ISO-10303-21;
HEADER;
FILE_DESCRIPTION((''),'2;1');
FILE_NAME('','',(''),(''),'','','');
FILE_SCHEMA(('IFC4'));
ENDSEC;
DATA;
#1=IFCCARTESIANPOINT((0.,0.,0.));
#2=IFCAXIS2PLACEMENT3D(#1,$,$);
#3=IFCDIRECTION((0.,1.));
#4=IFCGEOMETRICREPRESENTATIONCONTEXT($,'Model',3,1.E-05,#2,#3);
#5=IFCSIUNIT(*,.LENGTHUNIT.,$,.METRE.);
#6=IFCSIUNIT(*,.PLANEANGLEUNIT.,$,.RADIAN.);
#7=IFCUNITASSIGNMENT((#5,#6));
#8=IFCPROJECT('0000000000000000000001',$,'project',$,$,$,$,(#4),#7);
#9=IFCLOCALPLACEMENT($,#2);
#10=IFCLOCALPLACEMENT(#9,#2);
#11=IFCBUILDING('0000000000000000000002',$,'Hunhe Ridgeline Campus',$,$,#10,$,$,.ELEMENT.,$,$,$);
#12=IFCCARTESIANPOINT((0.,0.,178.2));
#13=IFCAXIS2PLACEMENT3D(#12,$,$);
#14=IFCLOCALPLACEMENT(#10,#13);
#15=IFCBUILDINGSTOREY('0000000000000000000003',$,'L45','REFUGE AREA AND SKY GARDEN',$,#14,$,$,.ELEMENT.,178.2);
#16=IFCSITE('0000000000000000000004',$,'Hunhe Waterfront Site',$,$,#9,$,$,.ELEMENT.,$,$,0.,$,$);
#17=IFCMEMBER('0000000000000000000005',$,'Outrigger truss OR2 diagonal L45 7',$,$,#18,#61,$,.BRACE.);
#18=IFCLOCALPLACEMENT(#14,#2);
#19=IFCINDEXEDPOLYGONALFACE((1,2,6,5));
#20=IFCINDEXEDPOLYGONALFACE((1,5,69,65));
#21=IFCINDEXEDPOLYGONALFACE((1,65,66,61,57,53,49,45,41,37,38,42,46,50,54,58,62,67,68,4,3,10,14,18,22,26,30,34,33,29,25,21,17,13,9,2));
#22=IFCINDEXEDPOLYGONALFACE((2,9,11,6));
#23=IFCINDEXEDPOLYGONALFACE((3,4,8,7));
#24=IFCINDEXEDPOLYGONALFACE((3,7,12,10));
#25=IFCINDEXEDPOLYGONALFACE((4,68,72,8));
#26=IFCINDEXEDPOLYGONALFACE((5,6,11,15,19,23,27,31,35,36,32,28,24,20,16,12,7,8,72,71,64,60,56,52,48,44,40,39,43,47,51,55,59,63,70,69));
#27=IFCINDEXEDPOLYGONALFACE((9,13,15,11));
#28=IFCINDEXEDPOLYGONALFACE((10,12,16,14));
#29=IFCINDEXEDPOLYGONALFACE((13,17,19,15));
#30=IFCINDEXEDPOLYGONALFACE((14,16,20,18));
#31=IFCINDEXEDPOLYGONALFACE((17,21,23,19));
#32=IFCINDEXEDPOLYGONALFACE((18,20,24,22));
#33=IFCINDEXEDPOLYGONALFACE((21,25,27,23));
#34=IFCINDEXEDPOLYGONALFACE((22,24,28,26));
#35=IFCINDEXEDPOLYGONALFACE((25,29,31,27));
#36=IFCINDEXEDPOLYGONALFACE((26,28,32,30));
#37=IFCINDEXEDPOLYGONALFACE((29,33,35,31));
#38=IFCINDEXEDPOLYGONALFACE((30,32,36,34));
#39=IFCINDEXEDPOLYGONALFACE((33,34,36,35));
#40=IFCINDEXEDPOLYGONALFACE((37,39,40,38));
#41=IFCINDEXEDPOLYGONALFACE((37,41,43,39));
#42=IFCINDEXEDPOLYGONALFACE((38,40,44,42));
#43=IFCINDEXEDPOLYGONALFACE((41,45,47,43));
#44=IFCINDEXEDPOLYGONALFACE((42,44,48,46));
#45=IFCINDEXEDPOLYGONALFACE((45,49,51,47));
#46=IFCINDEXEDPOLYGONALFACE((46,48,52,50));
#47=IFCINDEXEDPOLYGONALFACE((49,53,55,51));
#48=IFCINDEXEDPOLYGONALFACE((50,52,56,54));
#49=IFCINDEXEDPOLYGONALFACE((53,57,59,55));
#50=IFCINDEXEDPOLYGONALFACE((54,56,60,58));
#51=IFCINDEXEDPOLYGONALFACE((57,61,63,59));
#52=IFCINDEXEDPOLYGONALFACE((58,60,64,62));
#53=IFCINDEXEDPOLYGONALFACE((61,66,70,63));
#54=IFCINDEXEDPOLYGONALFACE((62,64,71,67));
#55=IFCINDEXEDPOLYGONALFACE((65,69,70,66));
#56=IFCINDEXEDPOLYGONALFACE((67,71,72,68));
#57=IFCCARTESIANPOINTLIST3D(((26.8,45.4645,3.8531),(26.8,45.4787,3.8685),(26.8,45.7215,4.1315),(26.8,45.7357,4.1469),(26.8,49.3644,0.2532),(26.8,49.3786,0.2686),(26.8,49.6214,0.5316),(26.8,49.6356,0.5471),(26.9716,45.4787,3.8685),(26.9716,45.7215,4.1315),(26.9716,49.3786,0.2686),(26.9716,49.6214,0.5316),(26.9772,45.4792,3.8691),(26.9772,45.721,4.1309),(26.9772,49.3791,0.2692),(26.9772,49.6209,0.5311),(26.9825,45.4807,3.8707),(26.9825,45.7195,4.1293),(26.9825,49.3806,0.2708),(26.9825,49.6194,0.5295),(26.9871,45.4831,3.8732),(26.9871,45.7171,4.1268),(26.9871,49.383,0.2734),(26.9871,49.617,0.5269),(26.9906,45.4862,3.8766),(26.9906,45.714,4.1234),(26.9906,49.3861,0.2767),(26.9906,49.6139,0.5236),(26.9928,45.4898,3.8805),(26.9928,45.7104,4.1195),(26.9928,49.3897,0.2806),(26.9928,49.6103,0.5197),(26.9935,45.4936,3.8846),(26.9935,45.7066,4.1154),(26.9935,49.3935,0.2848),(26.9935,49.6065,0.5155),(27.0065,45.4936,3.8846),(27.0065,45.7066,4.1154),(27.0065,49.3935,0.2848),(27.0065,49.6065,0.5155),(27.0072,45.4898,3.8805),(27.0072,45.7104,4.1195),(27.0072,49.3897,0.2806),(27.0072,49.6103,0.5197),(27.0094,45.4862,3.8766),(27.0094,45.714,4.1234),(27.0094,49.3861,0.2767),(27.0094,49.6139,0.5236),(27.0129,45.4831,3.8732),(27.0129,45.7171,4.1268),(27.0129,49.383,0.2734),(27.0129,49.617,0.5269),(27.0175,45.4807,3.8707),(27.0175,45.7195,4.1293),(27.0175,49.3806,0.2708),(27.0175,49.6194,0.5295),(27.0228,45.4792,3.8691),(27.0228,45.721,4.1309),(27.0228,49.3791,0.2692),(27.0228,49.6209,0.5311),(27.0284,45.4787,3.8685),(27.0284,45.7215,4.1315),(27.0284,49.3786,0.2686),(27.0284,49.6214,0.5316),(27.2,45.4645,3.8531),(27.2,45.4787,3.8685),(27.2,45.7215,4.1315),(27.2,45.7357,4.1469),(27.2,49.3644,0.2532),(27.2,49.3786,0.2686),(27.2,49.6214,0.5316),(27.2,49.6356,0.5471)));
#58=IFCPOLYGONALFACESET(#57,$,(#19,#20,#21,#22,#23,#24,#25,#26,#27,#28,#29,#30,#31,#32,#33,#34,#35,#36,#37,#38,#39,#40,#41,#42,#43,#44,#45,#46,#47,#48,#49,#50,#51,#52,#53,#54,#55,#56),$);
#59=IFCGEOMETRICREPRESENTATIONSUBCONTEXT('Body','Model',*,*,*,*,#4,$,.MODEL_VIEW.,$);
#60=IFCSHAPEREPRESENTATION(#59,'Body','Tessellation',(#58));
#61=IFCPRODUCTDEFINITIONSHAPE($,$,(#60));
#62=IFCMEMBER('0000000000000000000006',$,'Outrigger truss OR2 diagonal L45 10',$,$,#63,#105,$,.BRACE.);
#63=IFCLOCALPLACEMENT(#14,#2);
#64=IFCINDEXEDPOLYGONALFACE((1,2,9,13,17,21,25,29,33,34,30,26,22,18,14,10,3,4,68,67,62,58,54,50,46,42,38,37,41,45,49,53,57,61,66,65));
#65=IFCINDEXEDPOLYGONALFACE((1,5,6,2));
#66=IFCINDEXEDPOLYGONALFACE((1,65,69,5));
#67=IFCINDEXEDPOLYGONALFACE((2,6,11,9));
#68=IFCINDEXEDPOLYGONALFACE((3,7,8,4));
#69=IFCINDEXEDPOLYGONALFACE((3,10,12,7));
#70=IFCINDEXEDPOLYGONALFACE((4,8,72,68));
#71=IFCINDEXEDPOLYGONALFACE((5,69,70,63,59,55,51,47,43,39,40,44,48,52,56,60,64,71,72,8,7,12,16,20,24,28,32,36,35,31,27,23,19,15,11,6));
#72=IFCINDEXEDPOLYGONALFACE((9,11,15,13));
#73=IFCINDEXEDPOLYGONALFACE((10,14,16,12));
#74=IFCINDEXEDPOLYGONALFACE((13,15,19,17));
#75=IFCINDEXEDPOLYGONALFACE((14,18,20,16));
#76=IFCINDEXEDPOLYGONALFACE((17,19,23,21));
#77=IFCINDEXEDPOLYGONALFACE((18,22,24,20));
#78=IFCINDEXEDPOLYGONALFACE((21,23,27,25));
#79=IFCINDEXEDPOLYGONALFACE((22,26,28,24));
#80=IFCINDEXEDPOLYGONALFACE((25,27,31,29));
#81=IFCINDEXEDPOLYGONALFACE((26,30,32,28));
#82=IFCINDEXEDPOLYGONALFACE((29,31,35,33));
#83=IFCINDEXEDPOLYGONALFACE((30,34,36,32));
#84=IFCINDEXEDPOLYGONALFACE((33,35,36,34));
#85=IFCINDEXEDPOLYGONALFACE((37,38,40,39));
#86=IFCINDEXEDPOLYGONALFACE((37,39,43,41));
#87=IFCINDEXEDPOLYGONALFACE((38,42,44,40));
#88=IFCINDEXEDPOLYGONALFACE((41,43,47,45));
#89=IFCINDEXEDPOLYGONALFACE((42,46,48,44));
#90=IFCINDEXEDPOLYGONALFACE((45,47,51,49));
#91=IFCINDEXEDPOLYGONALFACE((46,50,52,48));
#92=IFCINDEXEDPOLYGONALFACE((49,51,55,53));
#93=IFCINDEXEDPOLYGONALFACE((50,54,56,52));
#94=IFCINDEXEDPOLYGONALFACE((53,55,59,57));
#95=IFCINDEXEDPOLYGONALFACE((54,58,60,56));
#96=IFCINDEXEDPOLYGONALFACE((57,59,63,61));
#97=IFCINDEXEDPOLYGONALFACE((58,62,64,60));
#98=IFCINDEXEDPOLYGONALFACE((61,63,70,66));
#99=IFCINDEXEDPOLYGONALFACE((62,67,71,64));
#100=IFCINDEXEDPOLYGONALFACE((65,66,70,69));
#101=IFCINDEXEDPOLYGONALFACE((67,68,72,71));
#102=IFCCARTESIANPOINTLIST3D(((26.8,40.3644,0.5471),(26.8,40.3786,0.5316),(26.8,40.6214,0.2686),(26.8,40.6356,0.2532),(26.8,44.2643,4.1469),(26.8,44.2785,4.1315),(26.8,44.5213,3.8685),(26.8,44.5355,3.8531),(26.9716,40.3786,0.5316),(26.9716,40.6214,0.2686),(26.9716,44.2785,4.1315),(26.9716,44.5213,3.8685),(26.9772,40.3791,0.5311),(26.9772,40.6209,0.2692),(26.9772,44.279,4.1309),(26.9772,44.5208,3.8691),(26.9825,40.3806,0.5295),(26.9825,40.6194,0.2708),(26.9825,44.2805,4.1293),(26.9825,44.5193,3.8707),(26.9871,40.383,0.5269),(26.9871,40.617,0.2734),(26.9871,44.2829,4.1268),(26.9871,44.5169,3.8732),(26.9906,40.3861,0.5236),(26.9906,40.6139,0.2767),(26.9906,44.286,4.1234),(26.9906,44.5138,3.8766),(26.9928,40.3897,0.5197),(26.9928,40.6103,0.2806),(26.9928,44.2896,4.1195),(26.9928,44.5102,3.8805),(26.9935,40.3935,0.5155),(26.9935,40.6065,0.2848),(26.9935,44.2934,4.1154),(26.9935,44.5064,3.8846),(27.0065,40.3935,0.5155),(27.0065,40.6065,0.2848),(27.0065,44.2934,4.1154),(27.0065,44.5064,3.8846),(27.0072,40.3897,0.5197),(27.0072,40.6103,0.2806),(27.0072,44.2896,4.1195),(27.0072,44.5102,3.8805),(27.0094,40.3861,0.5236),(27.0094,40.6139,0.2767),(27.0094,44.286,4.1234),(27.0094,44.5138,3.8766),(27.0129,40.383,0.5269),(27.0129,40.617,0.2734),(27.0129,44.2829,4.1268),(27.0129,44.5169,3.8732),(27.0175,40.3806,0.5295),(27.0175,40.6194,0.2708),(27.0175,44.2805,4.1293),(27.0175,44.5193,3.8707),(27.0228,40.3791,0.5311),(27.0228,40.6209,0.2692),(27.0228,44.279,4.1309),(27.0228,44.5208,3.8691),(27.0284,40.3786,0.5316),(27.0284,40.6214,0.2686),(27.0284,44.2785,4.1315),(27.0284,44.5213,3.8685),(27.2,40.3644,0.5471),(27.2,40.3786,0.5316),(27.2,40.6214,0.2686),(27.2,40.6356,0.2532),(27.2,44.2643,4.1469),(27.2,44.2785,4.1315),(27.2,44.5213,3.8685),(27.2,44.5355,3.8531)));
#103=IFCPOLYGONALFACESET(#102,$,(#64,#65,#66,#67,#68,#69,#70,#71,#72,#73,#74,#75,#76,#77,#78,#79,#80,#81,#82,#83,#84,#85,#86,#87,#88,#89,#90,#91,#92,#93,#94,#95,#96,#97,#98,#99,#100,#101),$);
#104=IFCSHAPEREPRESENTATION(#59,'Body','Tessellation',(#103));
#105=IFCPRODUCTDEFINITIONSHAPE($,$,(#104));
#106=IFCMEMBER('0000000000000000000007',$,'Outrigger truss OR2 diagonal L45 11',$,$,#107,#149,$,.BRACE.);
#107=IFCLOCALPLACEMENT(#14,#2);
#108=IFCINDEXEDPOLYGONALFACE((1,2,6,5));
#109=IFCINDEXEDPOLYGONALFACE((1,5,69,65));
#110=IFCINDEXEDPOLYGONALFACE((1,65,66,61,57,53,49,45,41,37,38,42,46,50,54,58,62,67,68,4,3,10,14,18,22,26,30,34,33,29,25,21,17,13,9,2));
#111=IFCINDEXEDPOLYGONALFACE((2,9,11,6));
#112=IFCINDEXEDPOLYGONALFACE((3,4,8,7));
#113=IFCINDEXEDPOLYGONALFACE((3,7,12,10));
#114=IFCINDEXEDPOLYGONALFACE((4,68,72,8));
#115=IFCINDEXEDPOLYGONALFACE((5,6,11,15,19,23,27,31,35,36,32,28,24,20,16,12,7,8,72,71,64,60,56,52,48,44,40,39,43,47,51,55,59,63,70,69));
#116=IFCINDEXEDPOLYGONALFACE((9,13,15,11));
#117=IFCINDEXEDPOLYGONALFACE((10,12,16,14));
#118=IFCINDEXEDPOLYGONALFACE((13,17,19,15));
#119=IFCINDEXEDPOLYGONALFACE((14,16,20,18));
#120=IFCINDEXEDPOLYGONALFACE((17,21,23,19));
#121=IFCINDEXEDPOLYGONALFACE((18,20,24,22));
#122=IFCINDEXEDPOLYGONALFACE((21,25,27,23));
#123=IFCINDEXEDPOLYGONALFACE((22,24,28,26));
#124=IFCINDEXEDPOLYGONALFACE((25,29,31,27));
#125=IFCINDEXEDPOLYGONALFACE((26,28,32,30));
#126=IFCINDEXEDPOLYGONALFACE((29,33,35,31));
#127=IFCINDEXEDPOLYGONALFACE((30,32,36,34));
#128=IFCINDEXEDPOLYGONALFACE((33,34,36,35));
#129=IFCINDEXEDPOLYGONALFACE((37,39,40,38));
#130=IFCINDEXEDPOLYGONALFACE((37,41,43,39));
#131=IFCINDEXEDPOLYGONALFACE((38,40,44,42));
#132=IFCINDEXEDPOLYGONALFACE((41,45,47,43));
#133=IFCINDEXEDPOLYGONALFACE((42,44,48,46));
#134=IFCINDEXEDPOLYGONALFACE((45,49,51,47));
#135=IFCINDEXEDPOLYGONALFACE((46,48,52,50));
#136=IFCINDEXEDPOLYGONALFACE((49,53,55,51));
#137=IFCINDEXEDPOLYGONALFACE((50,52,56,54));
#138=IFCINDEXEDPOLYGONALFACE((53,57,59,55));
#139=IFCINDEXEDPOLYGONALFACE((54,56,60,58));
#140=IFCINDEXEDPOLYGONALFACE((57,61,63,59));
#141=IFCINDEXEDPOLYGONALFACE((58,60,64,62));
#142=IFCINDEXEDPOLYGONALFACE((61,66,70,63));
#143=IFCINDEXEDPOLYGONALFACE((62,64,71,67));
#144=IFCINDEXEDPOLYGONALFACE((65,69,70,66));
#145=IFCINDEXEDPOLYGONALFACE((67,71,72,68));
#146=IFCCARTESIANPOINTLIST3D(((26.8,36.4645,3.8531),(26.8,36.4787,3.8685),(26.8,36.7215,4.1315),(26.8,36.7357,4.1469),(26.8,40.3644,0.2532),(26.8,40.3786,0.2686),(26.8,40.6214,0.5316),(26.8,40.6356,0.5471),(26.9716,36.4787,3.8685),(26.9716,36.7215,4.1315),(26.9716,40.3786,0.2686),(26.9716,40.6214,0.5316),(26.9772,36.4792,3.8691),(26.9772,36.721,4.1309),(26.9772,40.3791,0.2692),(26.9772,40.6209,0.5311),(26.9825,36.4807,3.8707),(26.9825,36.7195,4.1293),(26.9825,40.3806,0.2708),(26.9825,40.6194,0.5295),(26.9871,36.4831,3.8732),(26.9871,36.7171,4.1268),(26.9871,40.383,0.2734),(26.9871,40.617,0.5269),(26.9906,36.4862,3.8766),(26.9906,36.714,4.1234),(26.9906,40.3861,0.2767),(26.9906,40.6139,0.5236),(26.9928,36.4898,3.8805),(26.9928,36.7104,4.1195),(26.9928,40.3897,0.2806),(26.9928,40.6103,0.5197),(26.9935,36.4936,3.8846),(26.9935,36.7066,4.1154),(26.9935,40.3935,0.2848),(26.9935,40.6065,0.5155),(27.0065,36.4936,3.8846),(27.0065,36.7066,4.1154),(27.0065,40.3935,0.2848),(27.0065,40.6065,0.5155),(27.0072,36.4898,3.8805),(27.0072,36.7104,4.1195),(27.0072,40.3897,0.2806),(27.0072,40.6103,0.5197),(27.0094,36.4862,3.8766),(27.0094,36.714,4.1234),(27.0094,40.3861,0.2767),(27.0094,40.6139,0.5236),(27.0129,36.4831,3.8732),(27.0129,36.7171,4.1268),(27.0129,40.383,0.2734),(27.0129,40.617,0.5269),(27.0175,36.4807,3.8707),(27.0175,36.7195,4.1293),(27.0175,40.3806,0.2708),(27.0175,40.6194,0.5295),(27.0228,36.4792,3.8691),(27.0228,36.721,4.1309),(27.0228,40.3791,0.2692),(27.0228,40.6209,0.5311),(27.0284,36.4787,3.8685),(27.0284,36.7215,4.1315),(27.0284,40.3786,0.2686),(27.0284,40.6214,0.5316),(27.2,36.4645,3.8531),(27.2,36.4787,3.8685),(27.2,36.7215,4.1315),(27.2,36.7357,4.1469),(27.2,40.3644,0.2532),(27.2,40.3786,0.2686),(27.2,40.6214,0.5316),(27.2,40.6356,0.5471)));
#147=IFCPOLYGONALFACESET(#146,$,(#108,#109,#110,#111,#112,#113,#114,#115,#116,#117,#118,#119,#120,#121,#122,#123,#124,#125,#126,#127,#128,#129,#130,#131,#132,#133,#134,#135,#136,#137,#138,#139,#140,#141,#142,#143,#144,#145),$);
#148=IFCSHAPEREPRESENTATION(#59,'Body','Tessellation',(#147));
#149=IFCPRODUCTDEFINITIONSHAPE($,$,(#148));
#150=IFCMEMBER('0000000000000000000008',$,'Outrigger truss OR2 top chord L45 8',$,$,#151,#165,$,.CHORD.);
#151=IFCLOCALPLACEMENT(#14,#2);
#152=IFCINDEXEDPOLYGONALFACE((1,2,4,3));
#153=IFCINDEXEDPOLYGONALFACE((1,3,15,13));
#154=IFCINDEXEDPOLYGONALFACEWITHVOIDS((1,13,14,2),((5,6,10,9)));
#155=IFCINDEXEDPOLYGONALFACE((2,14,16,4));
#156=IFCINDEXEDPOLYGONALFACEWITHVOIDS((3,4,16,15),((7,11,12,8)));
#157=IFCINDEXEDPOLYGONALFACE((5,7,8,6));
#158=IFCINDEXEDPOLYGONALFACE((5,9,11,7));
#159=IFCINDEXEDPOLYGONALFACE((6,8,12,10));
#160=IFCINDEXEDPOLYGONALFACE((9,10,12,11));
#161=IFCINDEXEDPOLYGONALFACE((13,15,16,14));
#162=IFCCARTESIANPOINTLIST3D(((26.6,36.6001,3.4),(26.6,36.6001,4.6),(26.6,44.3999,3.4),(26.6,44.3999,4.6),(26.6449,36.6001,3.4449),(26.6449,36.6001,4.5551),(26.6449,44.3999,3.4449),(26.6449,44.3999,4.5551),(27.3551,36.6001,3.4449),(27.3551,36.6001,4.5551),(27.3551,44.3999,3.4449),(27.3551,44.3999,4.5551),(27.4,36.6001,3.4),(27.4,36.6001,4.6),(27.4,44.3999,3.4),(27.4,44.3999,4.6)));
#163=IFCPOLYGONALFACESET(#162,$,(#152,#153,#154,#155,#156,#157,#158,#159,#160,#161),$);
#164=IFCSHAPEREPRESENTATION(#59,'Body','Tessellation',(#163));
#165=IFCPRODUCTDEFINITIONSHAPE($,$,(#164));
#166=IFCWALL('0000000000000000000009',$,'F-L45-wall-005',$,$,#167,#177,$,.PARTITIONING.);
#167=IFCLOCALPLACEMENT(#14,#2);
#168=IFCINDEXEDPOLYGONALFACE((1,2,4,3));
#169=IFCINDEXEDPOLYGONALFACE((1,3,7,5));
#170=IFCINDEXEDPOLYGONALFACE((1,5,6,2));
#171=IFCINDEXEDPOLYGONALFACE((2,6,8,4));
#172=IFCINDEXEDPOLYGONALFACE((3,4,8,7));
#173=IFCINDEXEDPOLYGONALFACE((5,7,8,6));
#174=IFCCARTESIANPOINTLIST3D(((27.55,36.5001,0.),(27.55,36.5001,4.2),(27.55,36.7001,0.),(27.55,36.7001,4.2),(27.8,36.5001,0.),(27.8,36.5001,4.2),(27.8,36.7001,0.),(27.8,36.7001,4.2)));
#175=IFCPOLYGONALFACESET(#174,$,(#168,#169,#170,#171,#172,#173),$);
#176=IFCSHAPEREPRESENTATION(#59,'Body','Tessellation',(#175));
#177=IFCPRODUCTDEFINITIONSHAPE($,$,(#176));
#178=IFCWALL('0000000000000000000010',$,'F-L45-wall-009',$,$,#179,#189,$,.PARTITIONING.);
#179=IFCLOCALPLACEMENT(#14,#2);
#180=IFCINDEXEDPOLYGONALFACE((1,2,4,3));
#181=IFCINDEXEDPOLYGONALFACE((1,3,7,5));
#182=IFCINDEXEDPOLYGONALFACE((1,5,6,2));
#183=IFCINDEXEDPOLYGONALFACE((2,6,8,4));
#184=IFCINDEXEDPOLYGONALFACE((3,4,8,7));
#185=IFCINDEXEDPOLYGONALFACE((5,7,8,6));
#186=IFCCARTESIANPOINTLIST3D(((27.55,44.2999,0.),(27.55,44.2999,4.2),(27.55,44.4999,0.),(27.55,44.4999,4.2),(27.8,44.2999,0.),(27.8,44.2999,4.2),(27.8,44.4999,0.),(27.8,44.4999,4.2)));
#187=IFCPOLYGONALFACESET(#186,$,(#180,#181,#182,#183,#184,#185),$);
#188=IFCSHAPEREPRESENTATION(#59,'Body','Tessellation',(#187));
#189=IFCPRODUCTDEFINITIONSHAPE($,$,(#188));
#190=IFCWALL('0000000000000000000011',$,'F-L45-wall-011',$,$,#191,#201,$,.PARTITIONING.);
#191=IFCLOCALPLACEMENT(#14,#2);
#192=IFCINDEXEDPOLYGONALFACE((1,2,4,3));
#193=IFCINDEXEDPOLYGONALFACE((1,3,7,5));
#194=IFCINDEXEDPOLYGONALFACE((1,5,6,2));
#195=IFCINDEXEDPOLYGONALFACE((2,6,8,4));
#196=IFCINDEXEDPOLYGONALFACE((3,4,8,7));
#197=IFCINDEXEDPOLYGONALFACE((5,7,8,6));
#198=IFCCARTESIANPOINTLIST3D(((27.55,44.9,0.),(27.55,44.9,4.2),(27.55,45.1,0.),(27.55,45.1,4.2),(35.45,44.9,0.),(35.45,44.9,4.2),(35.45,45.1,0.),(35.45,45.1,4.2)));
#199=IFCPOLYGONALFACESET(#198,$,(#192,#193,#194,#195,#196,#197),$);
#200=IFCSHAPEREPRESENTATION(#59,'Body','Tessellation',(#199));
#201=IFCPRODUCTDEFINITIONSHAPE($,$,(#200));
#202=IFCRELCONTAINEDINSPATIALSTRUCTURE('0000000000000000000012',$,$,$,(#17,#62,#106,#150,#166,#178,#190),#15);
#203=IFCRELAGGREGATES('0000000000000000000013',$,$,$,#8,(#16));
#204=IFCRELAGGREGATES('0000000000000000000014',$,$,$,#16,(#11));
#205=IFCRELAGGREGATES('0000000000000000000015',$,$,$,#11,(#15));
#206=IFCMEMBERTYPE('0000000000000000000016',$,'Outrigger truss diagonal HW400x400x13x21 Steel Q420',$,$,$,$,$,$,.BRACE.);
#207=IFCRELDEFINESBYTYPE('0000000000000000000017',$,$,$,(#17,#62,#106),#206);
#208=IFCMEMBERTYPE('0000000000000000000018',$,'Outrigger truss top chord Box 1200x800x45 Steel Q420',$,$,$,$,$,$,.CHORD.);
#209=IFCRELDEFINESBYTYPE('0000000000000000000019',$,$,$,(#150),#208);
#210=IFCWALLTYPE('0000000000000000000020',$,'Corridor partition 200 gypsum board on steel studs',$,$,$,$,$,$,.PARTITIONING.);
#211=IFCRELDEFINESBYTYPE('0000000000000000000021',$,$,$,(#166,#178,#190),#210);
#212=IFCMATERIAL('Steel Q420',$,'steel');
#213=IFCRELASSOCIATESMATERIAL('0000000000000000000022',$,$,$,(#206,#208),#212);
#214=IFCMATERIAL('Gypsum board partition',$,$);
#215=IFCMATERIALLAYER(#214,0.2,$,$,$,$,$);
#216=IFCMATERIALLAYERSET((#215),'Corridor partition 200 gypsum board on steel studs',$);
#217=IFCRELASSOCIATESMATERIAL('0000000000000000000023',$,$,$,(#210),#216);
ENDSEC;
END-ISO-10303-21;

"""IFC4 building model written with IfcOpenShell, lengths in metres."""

from ifc_helpers import new_model, si_unit, direction, frame, frame_2d, origin, origin_2d, place, context, subcontext, project, spatial, rectangle, hollow_rectangle, i_section, extrude, material, layer, layer_set, material_profile, profile_set, type_object, element, save


model = new_model("IFC4")

# Units and contexts
model_context = context("Model", 3, precision=1e-05, world=origin(), true_north=direction((0.0, 1.0)))
body_context = subcontext(model_context, "Body", "Model", "MODEL_VIEW")
ifc_project = project(units=[si_unit("LENGTHUNIT", "METRE"), si_unit("PLANEANGLEUNIT", "RADIAN")], contexts=[model_context])

# Site, building, storey
site_placement = place(None, origin())
site = spatial("IfcSite", under=ifc_project, at=site_placement, Name="Hunhe Waterfront Site", CompositionType="ELEMENT", RefElevation=0.0)
building_placement = place(site_placement, origin())
building = spatial("IfcBuilding", under=site, at=building_placement, Name="Hunhe Ridgeline Campus", CompositionType="ELEMENT")
storey_placement = place(building_placement, frame((0.0, 0.0, 178.2)))
storey = spatial("IfcBuildingStorey", under=building, at=storey_placement, Name="L45", Description="REFUGE AREA AND SKY GARDEN", CompositionType="ELEMENT", Elevation=178.2)

# Members
ifc_material_1 = material(Name="Steel Q420", Category="steel")
ifc_material_profile_1 = material_profile(ifc_material_1, i_section(OverallWidth=0.3999, OverallDepth=0.3999, WebThickness=0.0129, FlangeThickness=0.021, FilletRadius=0.022, at=origin_2d()))
ifc_profile_set_1 = profile_set([ifc_material_profile_1], Name="Steel Q420")
member_type_1 = type_object("IfcMemberType", Name="Outrigger truss diagonal HW400x400x13x21 Steel Q420", PredefinedType="BRACE", material=ifc_profile_set_1)
for number, where, z_axis, x_axis, name in (
    (1, (27.0, 49.5, 0.4001), (0.0, -0.734809, 0.678274), (1.0, 0.0, 0.0), "Outrigger truss OR2 diagonal L45 7"),
    (2, (27.0, 44.3999, 4.0), (0.0, -0.734809, -0.678274), (1.0, 0.0, 0.0), "Outrigger truss OR2 diagonal L45 10"),
    (3, (27.0, 40.5, 0.4001), (0.0, -0.734809, 0.678274), (1.0, 0.0, 0.0), "Outrigger truss OR2 diagonal L45 11"),
):
    element("IfcMember", number, at=place(storey_placement, frame(where, z_axis=z_axis, x_axis=x_axis)), inside=storey, type_object=member_type_1, Name=name, PredefinedType="BRACE", context=body_context, shape_type="SweptSolid", body=[
        extrude(i_section(OverallWidth=0.3999, OverallDepth=0.3999, WebThickness=0.0129, FlangeThickness=0.021, FilletRadius=0.022, at=origin_2d()), origin(), (0.0, 0.0, 1.0), 5.3074),
    ])
ifc_material_profile_2 = material_profile(ifc_material_1, hollow_rectangle(XDim=0.8, YDim=1.2, WallThickness=0.0449, at=origin_2d()))
ifc_profile_set_2 = profile_set([ifc_material_profile_2], Name="Steel Q420")
member_type_2 = type_object("IfcMemberType", Name="Outrigger truss top chord Box 1200x800x45 Steel Q420", PredefinedType="CHORD", material=ifc_profile_set_2)
member_1_placement = place(storey_placement, frame((27.0, 44.3999, 4.0), z_axis=(0.0, -1.0, 0.0), x_axis=(1.0, 0.0, 0.0)))
element("IfcMember", 4, at=member_1_placement, inside=storey, type_object=member_type_2, Name="Outrigger truss OR2 top chord L45 8", PredefinedType="CHORD", context=body_context, shape_type="SweptSolid", body=[
    extrude(hollow_rectangle(XDim=0.8, YDim=1.2, WallThickness=0.0449, at=origin_2d()), origin(), (0.0, 0.0, 1.0), 7.7998),
])

# Walls
ifc_material_2 = material(Name="Gypsum board partition")
ifc_layer_1 = layer(ifc_material_2, 0.2)
ifc_layer_set_1 = layer_set([ifc_layer_1], Name="Corridor partition 200 gypsum board on steel studs")
wall_type_1 = type_object("IfcWallType", Name="Corridor partition 200 gypsum board on steel studs", PredefinedType="PARTITIONING", material=ifc_layer_set_1)
for number, where, z_axis, x_axis, name in (
    (5, (27.55, 36.6001, 0.0), (0.0, 0.0, 1.0), (1.0, 0.0, 0.0), "F-L45-wall-005"),
    (6, (27.55, 44.3999, 0.0), (0.0, 0.0, 1.0), (1.0, 0.0, 0.0), "F-L45-wall-009"),
):
    element("IfcWall", number, at=place(storey_placement, frame(where, z_axis=z_axis, x_axis=x_axis)), inside=storey, type_object=wall_type_1, Name=name, PredefinedType="PARTITIONING", context=body_context, shape_type="SweptSolid", body=[
        extrude(rectangle(XDim=0.25, YDim=0.2, at=frame_2d((0.125, 0.0))), origin(), (0.0, 0.0, 1.0), 4.2),
    ])
wall_1_placement = place(storey_placement, frame((27.55, 45.0, 0.0), z_axis=(0.0, 0.0, 1.0), x_axis=(1.0, 0.0, 0.0)))
element("IfcWall", 7, at=wall_1_placement, inside=storey, type_object=wall_type_1, Name="F-L45-wall-011", PredefinedType="PARTITIONING", context=body_context, shape_type="SweptSolid", body=[
    extrude(rectangle(XDim=7.8999, YDim=0.2, at=frame_2d((3.95, 0.0))), origin(), (0.0, 0.0, 1.0), 4.2),
])

save(model, "model.ifc")
